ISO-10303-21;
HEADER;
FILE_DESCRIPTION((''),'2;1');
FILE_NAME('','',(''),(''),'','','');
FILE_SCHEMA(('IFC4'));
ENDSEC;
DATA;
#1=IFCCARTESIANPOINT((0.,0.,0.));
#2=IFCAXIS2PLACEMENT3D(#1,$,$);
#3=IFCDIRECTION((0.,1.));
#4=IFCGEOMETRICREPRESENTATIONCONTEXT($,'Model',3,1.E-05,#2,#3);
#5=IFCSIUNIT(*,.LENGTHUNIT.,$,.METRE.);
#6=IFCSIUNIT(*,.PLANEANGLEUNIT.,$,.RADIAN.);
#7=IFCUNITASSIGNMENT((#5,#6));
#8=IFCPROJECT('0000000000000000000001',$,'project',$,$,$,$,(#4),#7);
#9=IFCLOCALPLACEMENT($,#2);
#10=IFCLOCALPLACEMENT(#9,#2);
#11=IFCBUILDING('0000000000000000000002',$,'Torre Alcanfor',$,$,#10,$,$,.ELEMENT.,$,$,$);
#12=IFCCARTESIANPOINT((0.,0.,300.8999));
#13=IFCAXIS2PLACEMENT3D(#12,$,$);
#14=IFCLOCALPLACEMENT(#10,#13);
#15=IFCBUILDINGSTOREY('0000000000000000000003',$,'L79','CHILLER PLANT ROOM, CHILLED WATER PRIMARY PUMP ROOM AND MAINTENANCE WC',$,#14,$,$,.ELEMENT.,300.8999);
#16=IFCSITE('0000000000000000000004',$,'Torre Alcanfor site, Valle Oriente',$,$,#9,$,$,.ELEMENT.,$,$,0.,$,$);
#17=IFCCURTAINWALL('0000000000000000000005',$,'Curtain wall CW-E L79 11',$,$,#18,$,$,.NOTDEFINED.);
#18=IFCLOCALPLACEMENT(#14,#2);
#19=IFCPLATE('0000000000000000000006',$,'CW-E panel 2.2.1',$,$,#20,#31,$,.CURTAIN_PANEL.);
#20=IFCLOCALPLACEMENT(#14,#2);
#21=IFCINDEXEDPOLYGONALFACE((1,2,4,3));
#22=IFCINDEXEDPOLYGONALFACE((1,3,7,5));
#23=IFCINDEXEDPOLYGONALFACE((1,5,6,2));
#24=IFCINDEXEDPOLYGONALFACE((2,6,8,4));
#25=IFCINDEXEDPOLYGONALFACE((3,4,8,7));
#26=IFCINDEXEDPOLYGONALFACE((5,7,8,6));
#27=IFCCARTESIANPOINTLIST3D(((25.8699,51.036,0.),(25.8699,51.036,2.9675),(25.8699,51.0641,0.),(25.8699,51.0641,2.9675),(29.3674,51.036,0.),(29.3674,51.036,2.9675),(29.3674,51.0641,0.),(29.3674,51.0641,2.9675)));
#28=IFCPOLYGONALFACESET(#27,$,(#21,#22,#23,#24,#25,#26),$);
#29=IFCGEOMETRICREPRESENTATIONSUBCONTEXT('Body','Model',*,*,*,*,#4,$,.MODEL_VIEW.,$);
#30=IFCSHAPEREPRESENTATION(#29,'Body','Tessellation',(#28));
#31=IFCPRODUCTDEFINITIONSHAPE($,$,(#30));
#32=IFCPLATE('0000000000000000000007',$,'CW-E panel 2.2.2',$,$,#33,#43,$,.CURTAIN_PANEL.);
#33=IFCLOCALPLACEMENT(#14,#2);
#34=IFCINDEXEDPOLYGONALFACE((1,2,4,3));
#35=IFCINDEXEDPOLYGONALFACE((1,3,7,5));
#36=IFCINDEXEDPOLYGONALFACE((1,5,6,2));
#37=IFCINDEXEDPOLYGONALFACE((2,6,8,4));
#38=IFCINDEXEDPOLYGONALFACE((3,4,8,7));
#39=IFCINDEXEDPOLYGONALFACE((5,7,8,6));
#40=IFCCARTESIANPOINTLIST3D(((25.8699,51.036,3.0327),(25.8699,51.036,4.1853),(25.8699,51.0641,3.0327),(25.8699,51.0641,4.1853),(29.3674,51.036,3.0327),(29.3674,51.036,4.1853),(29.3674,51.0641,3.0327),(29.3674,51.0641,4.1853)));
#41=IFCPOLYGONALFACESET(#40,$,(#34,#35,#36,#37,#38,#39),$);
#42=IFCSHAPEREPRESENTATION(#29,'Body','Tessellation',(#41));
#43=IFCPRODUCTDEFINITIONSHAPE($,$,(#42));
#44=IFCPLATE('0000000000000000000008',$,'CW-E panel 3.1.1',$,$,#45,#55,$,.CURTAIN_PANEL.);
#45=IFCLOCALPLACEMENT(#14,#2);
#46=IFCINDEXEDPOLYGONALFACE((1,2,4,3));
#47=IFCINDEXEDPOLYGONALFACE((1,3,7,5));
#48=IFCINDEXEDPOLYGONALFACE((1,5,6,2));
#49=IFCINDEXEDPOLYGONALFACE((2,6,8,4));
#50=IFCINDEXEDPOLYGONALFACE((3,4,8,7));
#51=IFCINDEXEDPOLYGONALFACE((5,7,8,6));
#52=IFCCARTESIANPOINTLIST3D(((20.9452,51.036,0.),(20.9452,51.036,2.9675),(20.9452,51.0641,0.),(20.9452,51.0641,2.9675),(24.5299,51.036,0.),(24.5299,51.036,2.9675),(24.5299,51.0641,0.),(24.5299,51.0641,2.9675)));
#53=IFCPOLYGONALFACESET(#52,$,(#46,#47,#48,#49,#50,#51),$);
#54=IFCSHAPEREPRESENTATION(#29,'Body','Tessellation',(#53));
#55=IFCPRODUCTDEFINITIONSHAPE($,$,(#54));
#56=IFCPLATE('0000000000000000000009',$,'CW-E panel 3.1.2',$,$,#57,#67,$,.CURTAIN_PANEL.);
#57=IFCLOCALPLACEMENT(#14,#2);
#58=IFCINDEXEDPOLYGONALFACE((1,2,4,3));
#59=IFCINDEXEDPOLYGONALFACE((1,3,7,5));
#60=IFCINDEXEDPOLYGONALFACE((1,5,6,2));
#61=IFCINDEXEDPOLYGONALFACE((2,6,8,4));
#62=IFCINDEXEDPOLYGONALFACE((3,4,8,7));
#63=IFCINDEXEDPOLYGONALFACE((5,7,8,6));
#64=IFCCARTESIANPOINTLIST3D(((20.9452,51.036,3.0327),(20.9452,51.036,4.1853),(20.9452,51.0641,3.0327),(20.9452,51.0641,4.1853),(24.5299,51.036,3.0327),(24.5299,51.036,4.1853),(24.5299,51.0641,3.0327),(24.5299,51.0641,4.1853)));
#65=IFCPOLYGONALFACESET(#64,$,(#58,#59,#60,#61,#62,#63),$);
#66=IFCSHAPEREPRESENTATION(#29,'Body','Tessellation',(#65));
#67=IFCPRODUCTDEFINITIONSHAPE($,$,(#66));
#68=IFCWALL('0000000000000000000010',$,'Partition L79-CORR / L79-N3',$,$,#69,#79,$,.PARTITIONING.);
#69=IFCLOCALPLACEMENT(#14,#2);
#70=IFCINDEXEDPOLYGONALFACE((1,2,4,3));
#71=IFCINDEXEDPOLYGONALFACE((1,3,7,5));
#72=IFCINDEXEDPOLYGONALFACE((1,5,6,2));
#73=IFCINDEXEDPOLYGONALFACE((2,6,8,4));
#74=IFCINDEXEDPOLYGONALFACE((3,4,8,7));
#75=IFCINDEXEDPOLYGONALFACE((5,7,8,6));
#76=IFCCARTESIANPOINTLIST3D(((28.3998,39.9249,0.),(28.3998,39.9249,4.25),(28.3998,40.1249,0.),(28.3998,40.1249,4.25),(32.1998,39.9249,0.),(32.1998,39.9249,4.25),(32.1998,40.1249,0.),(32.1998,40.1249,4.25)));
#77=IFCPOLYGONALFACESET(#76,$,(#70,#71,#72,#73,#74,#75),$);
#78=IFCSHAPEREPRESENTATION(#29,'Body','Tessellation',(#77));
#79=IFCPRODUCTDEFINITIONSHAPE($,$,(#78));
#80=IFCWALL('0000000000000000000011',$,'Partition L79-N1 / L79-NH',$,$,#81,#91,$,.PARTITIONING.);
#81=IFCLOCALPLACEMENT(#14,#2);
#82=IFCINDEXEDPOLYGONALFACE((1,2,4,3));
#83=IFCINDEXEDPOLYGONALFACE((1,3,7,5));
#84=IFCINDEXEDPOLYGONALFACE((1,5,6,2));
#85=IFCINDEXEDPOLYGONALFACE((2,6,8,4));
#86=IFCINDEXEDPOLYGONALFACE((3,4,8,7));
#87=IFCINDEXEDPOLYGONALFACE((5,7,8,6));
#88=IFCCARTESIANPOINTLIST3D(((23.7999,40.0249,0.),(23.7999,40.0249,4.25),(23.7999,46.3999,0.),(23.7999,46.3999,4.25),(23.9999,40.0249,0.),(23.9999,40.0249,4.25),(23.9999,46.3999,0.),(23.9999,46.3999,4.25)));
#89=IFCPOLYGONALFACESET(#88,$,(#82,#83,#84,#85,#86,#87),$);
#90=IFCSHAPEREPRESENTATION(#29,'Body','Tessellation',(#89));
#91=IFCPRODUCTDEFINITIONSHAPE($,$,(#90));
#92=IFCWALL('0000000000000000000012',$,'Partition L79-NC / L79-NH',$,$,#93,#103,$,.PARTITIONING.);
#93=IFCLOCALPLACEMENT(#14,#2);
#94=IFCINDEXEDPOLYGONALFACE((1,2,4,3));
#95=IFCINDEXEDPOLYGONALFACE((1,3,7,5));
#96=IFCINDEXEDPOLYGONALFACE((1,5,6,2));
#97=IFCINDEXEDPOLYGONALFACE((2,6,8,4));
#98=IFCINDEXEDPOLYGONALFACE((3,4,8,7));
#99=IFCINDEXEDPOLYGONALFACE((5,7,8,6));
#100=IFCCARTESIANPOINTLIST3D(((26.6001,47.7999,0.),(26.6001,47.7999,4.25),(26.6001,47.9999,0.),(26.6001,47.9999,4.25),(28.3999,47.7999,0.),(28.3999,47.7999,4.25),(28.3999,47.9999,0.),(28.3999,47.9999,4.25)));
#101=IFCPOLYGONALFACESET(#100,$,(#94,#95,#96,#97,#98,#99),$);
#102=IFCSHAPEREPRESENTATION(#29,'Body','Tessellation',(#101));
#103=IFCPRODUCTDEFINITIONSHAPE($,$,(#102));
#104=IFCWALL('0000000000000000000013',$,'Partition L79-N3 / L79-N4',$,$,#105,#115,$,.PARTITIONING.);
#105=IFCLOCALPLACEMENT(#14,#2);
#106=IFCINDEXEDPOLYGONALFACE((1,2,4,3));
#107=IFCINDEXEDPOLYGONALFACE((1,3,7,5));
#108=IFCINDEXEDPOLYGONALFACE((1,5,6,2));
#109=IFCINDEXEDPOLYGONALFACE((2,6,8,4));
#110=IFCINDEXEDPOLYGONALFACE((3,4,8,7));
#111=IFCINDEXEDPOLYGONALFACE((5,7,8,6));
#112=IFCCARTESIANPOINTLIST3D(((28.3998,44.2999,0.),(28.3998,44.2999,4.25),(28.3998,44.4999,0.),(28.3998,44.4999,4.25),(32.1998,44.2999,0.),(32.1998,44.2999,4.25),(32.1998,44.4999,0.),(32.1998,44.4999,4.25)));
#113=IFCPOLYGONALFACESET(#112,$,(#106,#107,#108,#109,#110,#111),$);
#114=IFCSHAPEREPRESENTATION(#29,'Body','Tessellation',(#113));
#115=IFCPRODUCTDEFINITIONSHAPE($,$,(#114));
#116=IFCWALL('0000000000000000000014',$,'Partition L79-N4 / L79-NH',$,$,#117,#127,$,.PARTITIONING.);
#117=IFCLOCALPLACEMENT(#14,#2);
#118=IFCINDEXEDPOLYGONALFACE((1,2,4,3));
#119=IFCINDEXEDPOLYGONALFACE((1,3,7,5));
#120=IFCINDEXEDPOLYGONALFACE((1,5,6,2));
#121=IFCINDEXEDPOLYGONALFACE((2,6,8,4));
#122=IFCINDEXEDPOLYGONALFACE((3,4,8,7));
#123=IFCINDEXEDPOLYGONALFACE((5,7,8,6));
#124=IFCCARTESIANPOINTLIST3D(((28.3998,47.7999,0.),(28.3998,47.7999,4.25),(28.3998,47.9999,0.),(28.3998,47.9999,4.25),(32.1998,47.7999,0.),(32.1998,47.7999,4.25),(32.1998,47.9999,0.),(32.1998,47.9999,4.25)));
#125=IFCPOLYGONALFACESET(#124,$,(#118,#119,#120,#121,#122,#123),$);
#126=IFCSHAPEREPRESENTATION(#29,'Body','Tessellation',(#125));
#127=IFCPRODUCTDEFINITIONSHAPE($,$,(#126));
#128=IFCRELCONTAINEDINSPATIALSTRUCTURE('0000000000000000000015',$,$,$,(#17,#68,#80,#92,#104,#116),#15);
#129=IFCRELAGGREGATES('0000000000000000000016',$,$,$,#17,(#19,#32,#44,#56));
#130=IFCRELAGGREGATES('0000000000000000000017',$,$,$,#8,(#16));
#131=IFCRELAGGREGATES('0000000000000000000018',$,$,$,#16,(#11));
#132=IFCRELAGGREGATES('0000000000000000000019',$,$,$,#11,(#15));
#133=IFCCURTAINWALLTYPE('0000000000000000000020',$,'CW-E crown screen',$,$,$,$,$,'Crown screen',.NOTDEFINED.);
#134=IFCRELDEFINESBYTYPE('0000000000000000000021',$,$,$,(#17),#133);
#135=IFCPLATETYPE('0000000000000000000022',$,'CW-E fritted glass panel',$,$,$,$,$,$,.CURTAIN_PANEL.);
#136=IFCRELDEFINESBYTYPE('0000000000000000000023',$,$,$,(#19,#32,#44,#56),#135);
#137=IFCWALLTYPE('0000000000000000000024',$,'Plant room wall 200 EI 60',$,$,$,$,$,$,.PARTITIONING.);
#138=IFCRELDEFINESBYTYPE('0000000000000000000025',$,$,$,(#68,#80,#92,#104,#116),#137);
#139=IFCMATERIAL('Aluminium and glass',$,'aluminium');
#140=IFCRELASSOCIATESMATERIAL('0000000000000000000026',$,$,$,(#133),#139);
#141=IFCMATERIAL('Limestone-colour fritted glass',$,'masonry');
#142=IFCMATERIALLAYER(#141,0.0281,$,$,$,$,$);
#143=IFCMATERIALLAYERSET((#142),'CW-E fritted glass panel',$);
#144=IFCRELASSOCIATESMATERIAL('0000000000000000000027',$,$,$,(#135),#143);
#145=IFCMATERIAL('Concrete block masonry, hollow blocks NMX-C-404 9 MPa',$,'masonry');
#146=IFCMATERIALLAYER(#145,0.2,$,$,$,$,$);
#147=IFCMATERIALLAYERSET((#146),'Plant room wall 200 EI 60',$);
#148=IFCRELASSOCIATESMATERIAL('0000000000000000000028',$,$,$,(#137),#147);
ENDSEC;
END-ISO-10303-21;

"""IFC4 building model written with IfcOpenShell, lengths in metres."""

from ifc_helpers import new_model, si_unit, direction, frame, frame_2d, origin, origin_2d, place, context, subcontext, project, spatial, rectangle, extrude, material, layer, layer_set, type_object, element, aggregate, save


model = new_model("IFC4")

# Units and contexts
model_context = context("Model", 3, precision=1e-05, world=origin(), true_north=direction((0.0, 1.0)))
body_context = subcontext(model_context, "Body", "Model", "MODEL_VIEW")
ifc_project = project(units=[si_unit("LENGTHUNIT", "METRE"), si_unit("PLANEANGLEUNIT", "RADIAN")], contexts=[model_context])

# Site, building, storey
site_placement = place(None, origin())
site = spatial("IfcSite", under=ifc_project, at=site_placement, Name="Torre Alcanfor site, Valle Oriente", CompositionType="ELEMENT", RefElevation=0.0)
building_placement = place(site_placement, origin())
building = spatial("IfcBuilding", under=site, at=building_placement, Name="Torre Alcanfor", CompositionType="ELEMENT")
storey_placement = place(building_placement, frame((0.0, 0.0, 300.8999)))
storey = spatial("IfcBuildingStorey", under=building, at=storey_placement, Name="L79", Description="CHILLER PLANT ROOM, CHILLED WATER PRIMARY PUMP ROOM AND MAINTENANCE WC", CompositionType="ELEMENT", Elevation=300.8999)

# Curtain wall
ifc_material_1 = material(Name="Aluminium and glass", Category="aluminium")
curtain_wall_type = type_object("IfcCurtainWallType", Name="CW-E crown screen", ElementType="Crown screen", PredefinedType="NOTDEFINED", material=ifc_material_1)
curtain_wall_placement = place(storey_placement, origin())
curtain_wall = element("IfcCurtainWall", 1, at=curtain_wall_placement, inside=storey, type_object=curtain_wall_type, Name="Curtain wall CW-E L79 11", PredefinedType="NOTDEFINED")

# Plates
ifc_material_2 = material(Name="Limestone-colour fritted glass", Category="masonry")
ifc_layer_1 = layer(ifc_material_2, 0.0281)
ifc_layer_set_1 = layer_set([ifc_layer_1], Name="CW-E fritted glass panel")
plate_type = type_object("IfcPlateType", Name="CW-E fritted glass panel", PredefinedType="CURTAIN_PANEL", material=ifc_layer_set_1)
plate_1_placement = place(storey_placement, frame((27.6187, 51.05, 0.0), z_axis=(0.0, 0.0, 1.0), x_axis=(-1.0, 0.0, 0.0)))
plate_1 = element("IfcPlate", 2, at=plate_1_placement, type_object=plate_type, Name="CW-E panel 2.2.1", PredefinedType="CURTAIN_PANEL", context=body_context, shape_type="SweptSolid", body=[
    extrude(rectangle(XDim=3.4976, YDim=0.0281, at=origin_2d()), origin(), (0.0, 0.0, 1.0), 2.9675),
])
plate_2_placement = place(storey_placement, frame((27.6187, 51.05, 3.0327), z_axis=(0.0, 0.0, 1.0), x_axis=(-1.0, 0.0, 0.0)))
plate_2 = element("IfcPlate", 3, at=plate_2_placement, type_object=plate_type, Name="CW-E panel 2.2.2", PredefinedType="CURTAIN_PANEL", context=body_context, shape_type="SweptSolid", body=[
    extrude(rectangle(XDim=3.4976, YDim=0.0281, at=origin_2d()), origin(), (0.0, 0.0, 1.0), 1.1526),
])
plate_3_placement = place(storey_placement, frame((22.7375, 51.05, 0.0), z_axis=(0.0, 0.0, 1.0), x_axis=(-1.0, 0.0, 0.0)))
plate_3 = element("IfcPlate", 4, at=plate_3_placement, type_object=plate_type, Name="CW-E panel 3.1.1", PredefinedType="CURTAIN_PANEL", context=body_context, shape_type="SweptSolid", body=[
    extrude(rectangle(XDim=3.5847, YDim=0.0281, at=origin_2d()), origin(), (0.0, 0.0, 1.0), 2.9675),
])
plate_4_placement = place(storey_placement, frame((22.7375, 51.05, 3.0327), z_axis=(0.0, 0.0, 1.0), x_axis=(-1.0, 0.0, 0.0)))
plate_4 = element("IfcPlate", 5, at=plate_4_placement, type_object=plate_type, Name="CW-E panel 3.1.2", PredefinedType="CURTAIN_PANEL", context=body_context, shape_type="SweptSolid", body=[
    extrude(rectangle(XDim=3.5847, YDim=0.0281, at=origin_2d()), origin(), (0.0, 0.0, 1.0), 1.1526),
])
aggregate(curtain_wall, [plate_1, plate_2, plate_3, plate_4])

# Walls
ifc_material_3 = material(Name="Concrete block masonry, hollow blocks NMX-C-404 9 MPa", Category="masonry")
ifc_layer_2 = layer(ifc_material_3, 0.2)
ifc_layer_set_2 = layer_set([ifc_layer_2], Name="Plant room wall 200 EI 60")
wall_type = type_object("IfcWallType", Name="Plant room wall 200 EI 60", PredefinedType="PARTITIONING", material=ifc_layer_set_2)
wall_1_placement = place(storey_placement, frame((28.3999, 40.0249, 0.0), z_axis=(0.0, 0.0, 1.0), x_axis=(1.0, 0.0, 0.0)))
element("IfcWall", 6, at=wall_1_placement, inside=storey, type_object=wall_type, Name="Partition L79-CORR / L79-N3", PredefinedType="PARTITIONING", context=body_context, shape_type="SweptSolid", body=[
    extrude(rectangle(XDim=3.8, YDim=0.2, at=frame_2d((1.8999, 0.0))), origin(), (0.0, 0.0, 1.0), 4.25),
])
wall_2_placement = place(storey_placement, frame((23.8999, 46.3999, 0.0), z_axis=(0.0, 0.0, 1.0), x_axis=(0.0, -1.0, 0.0)))
element("IfcWall", 7, at=wall_2_placement, inside=storey, type_object=wall_type, Name="Partition L79-N1 / L79-NH", PredefinedType="PARTITIONING", context=body_context, shape_type="SweptSolid", body=[
    extrude(rectangle(XDim=6.375, YDim=0.2, at=frame_2d((3.1875, 0.0))), origin(), (0.0, 0.0, 1.0), 4.25),
])

# Walls
wall_3_placement = place(storey_placement, frame((26.6001, 47.8999, 0.0), z_axis=(0.0, 0.0, 1.0), x_axis=(1.0, 0.0, 0.0)))
element("IfcWall", 8, at=wall_3_placement, inside=storey, type_object=wall_type, Name="Partition L79-NC / L79-NH", PredefinedType="PARTITIONING", context=body_context, shape_type="SweptSolid", body=[
    extrude(rectangle(XDim=1.7998, YDim=0.2, at=frame_2d((0.8999, 0.0))), origin(), (0.0, 0.0, 1.0), 4.25),
])
for number, where, z_axis, x_axis, name in (
    (9, (28.3999, 44.3999, 0.0), (0.0, 0.0, 1.0), (1.0, 0.0, 0.0), "Partition L79-N3 / L79-N4"),
    (10, (28.3999, 47.8999, 0.0), (0.0, 0.0, 1.0), (1.0, 0.0, 0.0), "Partition L79-N4 / L79-NH"),
):
    element("IfcWall", number, at=place(storey_placement, frame(where, z_axis=z_axis, x_axis=x_axis)), inside=storey, type_object=wall_type, Name=name, PredefinedType="PARTITIONING", context=body_context, shape_type="SweptSolid", body=[
        extrude(rectangle(XDim=3.8, YDim=0.2, at=frame_2d((1.8999, 0.0))), origin(), (0.0, 0.0, 1.0), 4.25),
    ])

save(model, "model.ifc")
